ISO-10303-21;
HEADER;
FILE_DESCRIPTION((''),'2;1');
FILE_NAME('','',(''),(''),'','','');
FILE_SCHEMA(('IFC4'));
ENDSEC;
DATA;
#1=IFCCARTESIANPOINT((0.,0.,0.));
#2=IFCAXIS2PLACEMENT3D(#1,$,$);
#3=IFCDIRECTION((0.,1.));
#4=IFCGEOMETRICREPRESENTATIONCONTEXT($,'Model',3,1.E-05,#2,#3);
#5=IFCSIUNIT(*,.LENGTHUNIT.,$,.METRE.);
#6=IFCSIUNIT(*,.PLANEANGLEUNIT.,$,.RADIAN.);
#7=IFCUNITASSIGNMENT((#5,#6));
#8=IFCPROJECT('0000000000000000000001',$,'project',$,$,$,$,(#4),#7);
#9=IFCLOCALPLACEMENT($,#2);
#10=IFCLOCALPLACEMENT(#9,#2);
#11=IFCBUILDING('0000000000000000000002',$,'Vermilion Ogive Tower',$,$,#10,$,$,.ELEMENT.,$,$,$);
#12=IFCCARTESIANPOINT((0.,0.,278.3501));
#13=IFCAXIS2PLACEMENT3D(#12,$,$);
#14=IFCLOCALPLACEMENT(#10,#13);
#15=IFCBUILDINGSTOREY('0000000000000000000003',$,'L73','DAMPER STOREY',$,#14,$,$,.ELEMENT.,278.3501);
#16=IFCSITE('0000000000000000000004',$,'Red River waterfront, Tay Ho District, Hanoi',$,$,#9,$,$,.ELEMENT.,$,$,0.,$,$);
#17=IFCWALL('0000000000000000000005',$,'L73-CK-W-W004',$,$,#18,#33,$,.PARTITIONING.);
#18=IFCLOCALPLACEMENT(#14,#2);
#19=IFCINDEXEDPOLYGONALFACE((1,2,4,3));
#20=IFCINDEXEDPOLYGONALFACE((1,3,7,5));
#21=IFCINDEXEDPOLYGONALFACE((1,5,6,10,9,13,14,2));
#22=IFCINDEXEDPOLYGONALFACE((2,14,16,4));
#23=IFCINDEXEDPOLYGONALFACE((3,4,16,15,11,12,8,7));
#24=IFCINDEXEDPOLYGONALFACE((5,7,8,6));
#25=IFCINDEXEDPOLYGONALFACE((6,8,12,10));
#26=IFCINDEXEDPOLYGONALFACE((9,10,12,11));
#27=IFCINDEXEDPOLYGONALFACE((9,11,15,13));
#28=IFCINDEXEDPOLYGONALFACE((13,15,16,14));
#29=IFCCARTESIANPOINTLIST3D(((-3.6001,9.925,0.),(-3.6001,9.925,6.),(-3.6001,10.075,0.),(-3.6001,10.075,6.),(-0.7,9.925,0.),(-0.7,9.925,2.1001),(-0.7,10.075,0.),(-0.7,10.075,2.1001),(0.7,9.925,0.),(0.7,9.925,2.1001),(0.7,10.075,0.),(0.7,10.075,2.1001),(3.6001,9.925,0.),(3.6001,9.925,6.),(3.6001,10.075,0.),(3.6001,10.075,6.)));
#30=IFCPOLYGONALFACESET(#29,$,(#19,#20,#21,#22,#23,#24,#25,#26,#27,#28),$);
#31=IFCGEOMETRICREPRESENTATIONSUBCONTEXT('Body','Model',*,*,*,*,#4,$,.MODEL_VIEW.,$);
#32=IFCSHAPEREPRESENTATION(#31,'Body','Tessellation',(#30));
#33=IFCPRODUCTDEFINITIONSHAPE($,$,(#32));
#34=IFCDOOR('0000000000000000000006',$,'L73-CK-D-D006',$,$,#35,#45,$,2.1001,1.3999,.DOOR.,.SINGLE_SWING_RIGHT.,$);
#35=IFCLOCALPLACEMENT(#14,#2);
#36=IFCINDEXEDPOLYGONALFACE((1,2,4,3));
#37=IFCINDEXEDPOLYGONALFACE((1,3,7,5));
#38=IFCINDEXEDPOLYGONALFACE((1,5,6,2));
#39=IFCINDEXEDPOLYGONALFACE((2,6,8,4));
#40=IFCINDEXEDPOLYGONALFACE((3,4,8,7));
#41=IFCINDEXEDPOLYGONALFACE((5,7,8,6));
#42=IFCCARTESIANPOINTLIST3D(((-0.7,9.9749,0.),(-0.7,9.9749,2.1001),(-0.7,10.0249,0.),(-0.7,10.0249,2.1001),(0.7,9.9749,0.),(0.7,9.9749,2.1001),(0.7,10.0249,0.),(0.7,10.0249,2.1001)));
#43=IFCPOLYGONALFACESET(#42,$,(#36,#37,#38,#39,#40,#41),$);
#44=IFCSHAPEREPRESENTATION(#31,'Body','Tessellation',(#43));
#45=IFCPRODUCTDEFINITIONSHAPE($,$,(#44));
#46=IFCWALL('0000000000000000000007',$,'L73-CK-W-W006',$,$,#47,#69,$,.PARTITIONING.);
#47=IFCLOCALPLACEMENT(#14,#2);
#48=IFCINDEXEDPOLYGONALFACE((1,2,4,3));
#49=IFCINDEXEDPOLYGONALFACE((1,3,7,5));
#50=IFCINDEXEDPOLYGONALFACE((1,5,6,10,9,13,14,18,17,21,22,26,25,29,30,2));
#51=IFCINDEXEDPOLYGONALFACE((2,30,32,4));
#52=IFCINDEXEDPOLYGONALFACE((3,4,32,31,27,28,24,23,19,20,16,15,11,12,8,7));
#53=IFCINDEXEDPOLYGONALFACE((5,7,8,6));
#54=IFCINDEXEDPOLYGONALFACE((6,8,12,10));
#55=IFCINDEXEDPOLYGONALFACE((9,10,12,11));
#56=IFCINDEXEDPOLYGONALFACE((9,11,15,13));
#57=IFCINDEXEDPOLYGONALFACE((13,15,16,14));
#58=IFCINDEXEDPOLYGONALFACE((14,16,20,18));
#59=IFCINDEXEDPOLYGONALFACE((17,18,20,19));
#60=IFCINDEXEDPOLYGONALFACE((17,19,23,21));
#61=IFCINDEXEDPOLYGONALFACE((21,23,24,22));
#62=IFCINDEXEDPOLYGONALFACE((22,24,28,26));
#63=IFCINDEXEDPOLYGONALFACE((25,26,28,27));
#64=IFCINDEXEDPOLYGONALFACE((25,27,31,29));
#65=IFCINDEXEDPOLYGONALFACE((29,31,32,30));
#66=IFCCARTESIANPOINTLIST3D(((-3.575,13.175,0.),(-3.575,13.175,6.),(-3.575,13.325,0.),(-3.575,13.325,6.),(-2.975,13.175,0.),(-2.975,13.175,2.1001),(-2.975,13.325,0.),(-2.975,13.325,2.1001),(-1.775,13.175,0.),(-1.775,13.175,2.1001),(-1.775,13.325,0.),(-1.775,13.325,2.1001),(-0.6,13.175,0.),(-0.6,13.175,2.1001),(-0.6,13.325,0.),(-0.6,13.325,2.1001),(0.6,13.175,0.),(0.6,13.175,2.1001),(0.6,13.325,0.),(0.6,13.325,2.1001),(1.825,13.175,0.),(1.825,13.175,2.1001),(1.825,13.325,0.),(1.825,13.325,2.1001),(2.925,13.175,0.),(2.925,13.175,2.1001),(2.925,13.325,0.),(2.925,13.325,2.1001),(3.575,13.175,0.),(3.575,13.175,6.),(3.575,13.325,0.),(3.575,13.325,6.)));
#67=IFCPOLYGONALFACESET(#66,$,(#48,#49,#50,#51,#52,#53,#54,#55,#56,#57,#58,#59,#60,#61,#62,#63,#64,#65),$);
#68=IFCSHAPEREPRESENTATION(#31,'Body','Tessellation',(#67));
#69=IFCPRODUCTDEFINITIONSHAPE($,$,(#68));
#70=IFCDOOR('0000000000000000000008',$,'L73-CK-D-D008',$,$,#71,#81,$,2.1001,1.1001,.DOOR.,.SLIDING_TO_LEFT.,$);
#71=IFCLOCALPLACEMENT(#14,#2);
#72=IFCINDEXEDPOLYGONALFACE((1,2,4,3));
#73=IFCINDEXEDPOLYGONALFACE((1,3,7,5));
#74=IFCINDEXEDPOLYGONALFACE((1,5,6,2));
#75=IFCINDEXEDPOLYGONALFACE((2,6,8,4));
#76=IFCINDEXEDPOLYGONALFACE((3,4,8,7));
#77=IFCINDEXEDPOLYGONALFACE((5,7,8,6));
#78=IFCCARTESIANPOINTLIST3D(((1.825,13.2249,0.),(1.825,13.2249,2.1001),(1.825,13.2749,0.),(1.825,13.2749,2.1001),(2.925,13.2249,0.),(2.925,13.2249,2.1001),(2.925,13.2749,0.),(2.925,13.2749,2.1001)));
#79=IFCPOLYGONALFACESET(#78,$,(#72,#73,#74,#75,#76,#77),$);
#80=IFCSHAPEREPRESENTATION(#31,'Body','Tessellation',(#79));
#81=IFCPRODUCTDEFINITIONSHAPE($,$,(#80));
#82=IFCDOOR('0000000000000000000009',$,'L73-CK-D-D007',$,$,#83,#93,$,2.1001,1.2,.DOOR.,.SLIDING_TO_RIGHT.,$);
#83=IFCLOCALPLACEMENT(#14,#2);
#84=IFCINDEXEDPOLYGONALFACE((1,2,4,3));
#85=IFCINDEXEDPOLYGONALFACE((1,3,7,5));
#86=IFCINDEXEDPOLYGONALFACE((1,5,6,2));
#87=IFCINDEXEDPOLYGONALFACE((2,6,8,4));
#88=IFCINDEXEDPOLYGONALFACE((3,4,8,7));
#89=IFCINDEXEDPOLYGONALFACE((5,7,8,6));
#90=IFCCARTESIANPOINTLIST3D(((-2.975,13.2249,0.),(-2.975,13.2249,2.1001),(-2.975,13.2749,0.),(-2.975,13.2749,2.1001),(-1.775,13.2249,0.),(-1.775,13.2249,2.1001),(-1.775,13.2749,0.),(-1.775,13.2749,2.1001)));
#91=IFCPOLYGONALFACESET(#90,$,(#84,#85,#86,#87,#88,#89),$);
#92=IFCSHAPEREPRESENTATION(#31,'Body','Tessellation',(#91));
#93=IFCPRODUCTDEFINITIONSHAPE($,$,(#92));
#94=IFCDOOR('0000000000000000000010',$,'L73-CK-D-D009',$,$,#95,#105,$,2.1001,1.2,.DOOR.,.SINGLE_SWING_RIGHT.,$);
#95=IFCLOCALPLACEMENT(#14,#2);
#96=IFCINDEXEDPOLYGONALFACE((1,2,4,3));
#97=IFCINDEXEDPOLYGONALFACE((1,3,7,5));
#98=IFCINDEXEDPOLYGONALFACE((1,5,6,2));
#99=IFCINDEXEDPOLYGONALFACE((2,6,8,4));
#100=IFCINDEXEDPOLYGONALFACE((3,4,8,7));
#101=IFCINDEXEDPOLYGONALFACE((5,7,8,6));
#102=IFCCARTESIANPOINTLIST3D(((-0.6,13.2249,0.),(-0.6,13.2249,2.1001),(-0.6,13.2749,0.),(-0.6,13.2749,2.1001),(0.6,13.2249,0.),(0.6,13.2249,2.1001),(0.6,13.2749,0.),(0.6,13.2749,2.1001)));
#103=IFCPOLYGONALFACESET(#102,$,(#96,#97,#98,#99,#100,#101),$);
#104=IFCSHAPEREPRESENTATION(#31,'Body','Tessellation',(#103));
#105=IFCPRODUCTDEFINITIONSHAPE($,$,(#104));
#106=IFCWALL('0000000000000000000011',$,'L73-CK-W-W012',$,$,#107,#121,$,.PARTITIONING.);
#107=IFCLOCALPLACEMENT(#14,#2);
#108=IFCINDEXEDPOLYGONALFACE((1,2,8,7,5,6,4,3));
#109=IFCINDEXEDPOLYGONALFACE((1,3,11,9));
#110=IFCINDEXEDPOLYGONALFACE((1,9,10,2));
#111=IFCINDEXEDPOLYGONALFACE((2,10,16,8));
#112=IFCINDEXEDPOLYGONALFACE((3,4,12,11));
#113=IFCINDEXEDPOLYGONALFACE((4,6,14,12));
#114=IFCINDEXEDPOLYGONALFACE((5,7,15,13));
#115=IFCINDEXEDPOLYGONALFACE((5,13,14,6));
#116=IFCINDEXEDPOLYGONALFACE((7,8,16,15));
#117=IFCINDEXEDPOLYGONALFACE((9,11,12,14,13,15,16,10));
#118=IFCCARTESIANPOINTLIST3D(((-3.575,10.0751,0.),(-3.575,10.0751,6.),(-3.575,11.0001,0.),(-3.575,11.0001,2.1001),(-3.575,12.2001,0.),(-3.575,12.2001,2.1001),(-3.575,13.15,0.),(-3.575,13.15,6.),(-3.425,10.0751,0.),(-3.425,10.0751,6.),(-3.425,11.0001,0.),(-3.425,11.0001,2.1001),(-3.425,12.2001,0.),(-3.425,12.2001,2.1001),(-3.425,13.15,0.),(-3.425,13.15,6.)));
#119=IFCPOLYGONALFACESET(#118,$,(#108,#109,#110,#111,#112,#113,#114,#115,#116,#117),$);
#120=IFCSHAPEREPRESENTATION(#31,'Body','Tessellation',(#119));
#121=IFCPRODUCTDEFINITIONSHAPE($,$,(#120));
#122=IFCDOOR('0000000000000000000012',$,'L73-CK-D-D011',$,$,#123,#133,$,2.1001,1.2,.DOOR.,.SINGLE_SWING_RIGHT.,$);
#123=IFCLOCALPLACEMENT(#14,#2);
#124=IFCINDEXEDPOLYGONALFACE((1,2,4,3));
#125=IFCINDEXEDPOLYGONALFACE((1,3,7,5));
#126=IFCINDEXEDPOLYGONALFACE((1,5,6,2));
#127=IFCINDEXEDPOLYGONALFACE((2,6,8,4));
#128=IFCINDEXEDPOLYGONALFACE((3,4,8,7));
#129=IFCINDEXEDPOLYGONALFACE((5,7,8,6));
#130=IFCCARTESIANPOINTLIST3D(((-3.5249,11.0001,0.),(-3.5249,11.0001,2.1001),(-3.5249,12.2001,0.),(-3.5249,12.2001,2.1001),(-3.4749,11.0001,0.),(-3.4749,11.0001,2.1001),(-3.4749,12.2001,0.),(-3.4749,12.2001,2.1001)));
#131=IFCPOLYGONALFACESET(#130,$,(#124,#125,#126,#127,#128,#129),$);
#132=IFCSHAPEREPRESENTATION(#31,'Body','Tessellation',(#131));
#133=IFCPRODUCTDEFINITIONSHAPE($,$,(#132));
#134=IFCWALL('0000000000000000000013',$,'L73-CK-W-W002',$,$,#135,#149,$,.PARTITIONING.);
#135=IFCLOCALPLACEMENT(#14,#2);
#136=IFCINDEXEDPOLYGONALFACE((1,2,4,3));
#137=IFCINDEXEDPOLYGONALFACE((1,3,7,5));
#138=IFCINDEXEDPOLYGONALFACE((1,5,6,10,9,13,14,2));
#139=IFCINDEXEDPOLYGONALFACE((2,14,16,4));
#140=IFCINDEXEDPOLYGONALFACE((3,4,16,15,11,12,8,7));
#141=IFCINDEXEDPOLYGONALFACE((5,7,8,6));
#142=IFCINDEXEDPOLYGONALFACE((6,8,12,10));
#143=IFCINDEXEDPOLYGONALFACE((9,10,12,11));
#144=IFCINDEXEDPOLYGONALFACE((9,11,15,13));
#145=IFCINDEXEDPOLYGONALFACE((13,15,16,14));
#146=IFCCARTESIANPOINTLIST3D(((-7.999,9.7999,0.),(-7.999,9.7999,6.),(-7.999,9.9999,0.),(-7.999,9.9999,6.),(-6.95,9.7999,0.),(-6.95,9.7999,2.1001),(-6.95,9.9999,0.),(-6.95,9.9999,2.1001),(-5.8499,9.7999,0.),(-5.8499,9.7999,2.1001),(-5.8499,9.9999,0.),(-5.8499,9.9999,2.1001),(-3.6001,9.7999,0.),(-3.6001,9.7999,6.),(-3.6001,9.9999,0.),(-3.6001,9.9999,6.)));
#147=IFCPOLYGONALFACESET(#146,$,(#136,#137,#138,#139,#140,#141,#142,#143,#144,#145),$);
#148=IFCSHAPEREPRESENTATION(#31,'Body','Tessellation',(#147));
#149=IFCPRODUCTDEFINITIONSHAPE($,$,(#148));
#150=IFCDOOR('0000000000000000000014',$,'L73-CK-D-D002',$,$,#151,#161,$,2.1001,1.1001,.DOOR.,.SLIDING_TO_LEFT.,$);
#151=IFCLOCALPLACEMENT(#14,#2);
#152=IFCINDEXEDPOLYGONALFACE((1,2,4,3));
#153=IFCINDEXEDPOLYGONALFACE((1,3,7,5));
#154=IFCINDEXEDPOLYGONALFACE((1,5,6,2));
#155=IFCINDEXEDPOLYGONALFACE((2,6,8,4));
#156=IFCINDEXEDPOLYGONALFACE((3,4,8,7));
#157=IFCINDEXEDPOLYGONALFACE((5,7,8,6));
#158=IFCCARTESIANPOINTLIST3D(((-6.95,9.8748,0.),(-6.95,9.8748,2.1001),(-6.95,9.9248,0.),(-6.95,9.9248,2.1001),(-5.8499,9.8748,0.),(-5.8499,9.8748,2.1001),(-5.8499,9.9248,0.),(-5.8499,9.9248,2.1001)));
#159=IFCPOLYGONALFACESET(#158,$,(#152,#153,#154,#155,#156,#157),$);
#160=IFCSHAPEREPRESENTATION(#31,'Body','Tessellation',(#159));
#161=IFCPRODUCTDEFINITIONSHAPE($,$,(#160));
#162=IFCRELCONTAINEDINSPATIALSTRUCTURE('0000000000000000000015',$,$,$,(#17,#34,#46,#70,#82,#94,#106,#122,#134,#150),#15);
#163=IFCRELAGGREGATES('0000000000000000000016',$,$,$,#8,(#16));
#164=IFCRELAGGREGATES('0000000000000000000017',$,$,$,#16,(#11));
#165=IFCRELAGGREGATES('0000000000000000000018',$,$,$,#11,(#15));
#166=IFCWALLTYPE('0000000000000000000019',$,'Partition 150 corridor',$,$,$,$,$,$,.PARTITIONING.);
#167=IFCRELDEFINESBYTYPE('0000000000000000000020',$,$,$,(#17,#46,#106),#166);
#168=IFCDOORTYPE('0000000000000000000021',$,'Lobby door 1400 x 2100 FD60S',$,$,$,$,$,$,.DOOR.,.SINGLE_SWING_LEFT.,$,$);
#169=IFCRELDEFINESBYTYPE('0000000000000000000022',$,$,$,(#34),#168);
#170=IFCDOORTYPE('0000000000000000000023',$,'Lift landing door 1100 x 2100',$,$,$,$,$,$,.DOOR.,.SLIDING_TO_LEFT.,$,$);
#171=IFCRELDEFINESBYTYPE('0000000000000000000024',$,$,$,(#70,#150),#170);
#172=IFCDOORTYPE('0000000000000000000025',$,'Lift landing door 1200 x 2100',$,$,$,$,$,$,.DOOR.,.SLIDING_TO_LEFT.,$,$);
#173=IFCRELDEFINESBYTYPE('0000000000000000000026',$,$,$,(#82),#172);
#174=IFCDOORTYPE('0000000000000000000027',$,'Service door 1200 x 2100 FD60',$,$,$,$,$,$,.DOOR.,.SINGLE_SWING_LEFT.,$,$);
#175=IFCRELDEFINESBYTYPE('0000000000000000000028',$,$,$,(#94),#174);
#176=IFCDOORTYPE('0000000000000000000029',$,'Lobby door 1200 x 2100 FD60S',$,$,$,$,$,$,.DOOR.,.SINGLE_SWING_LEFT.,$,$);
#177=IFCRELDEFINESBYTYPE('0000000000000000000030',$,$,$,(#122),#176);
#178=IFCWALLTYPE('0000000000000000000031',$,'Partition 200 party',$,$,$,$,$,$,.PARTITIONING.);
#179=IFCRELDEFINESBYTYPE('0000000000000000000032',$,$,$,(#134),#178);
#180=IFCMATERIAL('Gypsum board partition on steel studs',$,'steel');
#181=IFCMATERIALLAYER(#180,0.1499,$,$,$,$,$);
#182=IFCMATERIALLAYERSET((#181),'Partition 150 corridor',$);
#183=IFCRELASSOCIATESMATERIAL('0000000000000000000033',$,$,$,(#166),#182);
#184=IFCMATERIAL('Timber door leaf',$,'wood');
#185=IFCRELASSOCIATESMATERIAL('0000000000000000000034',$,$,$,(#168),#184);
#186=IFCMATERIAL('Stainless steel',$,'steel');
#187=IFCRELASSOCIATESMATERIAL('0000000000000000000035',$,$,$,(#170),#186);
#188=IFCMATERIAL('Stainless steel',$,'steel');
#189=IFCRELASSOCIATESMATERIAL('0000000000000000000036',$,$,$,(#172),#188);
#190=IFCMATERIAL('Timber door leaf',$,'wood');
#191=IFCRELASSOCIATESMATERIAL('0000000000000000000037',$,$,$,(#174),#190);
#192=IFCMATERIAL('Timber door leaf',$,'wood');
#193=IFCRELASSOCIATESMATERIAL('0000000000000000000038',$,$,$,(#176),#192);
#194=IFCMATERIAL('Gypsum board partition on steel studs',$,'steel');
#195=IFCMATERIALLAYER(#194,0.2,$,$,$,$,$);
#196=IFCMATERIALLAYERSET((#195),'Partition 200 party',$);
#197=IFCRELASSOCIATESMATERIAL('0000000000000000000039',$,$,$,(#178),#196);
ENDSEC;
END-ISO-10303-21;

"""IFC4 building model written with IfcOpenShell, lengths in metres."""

from ifc_helpers import new_model, si_unit, direction, frame, frame_2d, origin, place, context, subcontext, project, spatial, rectangle, extrude, material, layer, layer_set, type_object, element, fill, save


model = new_model("IFC4")

# Units and contexts
model_context = context("Model", 3, precision=1e-05, world=origin(), true_north=direction((0.0, 1.0)))
body_context = subcontext(model_context, "Body", "Model", "MODEL_VIEW")
ifc_project = project(units=[si_unit("LENGTHUNIT", "METRE"), si_unit("PLANEANGLEUNIT", "RADIAN")], contexts=[model_context])

# Site, building, storey
site_placement = place(None, origin())
site = spatial("IfcSite", under=ifc_project, at=site_placement, Name="Red River waterfront, Tay Ho District, Hanoi", CompositionType="ELEMENT", RefElevation=0.0)
building_placement = place(site_placement, origin())
building = spatial("IfcBuilding", under=site, at=building_placement, Name="Vermilion Ogive Tower", CompositionType="ELEMENT")
storey_placement = place(building_placement, frame((0.0, 0.0, 278.3501)))
storey = spatial("IfcBuildingStorey", under=building, at=storey_placement, Name="L73", Description="DAMPER STOREY", CompositionType="ELEMENT", Elevation=278.3501)

# Wall, opening, door
ifc_material_1 = material(Name="Gypsum board partition on steel studs", Category="steel")
ifc_layer_1 = layer(ifc_material_1, 0.1499)
ifc_layer_set_1 = layer_set([ifc_layer_1], Name="Partition 150 corridor")
wall_type_1 = type_object("IfcWallType", Name="Partition 150 corridor", PredefinedType="PARTITIONING", material=ifc_layer_set_1)
ifc_material_2 = material(Name="Timber door leaf", Category="wood")
door_type_1 = type_object("IfcDoorType", Name="Lobby door 1400 x 2100 FD60S", OperationType="SINGLE_SWING_LEFT", PredefinedType="DOOR", material=ifc_material_2)
wall_1_placement = place(storey_placement, frame((-3.6001, 10.0, 0.0), z_axis=(0.0, 0.0, 1.0), x_axis=(1.0, 0.0, 0.0)))
wall_1 = element("IfcWall", 1, at=wall_1_placement, inside=storey, type_object=wall_type_1, Name="L73-CK-W-W004", PredefinedType="PARTITIONING", context=body_context, shape_type="SweptSolid", body=[
    extrude(rectangle(XDim=7.2002, YDim=0.1499, at=frame_2d((3.6001, 0.0))), origin(), (0.0, 0.0, 1.0), 6.0),
])
opening_1_placement = place(wall_1_placement, frame((2.9001, 0.0, 0.0)))
opening_1 = element("IfcOpeningElement", 2, at=opening_1_placement, cuts=wall_1, PredefinedType="OPENING", context=body_context, shape_type="SweptSolid", body=[
    extrude(rectangle(XDim=1.3999, YDim=2.1001, at=frame_2d((0.7, 1.05))), frame((0.0, 0.085, 0.0), z_axis=(0.0, -1.0, 0.0), x_axis=(1.0, 0.0, 0.0)), (0.0, 0.0, 1.0), 0.1699),
])
door_1_placement = place(opening_1_placement, origin())
door_1 = element("IfcDoor", 3, at=door_1_placement, inside=storey, type_object=door_type_1, Name="L73-CK-D-D006", OperationType="SINGLE_SWING_RIGHT", OverallHeight=2.1001, OverallWidth=1.3999, PredefinedType="DOOR", context=body_context, shape_type="SweptSolid", body=[
    extrude(rectangle(XDim=1.3999, YDim=2.1001, at=frame_2d((0.7, 1.05))), frame((0.0, 0.0249, 0.0), z_axis=(0.0, -1.0, 0.0), x_axis=(1.0, 0.0, 0.0)), (0.0, 0.0, 1.0), 0.05),
])
fill(opening_1, door_1)

# Wall, openings, doors
wall_2_placement = place(storey_placement, frame((-3.575, 13.25, 0.0), z_axis=(0.0, 0.0, 1.0), x_axis=(1.0, 0.0, 0.0)))
wall_2 = element("IfcWall", 4, at=wall_2_placement, inside=storey, type_object=wall_type_1, Name="L73-CK-W-W006", PredefinedType="PARTITIONING", context=body_context, shape_type="SweptSolid", body=[
    extrude(rectangle(XDim=7.1499, YDim=0.1499, at=frame_2d((3.575, 0.0))), origin(), (0.0, 0.0, 1.0), 6.0),
])
opening_2_placement = place(wall_2_placement, frame((0.5999, 0.0, 0.0)))
opening_2 = element("IfcOpeningElement", 5, at=opening_2_placement, cuts=wall_2, PredefinedType="OPENING", context=body_context, shape_type="SweptSolid", body=[
    extrude(rectangle(XDim=1.2, YDim=2.1001, at=frame_2d((0.6001, 1.05))), frame((0.0, 0.085, 0.0), z_axis=(0.0, -1.0, 0.0), x_axis=(1.0, 0.0, 0.0)), (0.0, 0.0, 1.0), 0.1699),
])
opening_3_placement = place(wall_2_placement, frame((5.3999, 0.0, 0.0)))
opening_3 = element("IfcOpeningElement", 6, at=opening_3_placement, cuts=wall_2, PredefinedType="OPENING", context=body_context, shape_type="SweptSolid", body=[
    extrude(rectangle(XDim=1.1001, YDim=2.1001, at=frame_2d((0.55, 1.05))), frame((0.0, 0.085, 0.0), z_axis=(0.0, -1.0, 0.0), x_axis=(1.0, 0.0, 0.0)), (0.0, 0.0, 1.0), 0.1699),
])
opening_4_placement = place(wall_2_placement, frame((2.9749, 0.0, 0.0)))
opening_4 = element("IfcOpeningElement", 7, at=opening_4_placement, cuts=wall_2, PredefinedType="OPENING", context=body_context, shape_type="SweptSolid", body=[
    extrude(rectangle(XDim=1.2, YDim=2.1001, at=frame_2d((0.6001, 1.05))), frame((0.0, 0.085, 0.0), z_axis=(0.0, -1.0, 0.0), x_axis=(1.0, 0.0, 0.0)), (0.0, 0.0, 1.0), 0.1699),
])
ifc_material_3 = material(Name="Stainless steel", Category="steel")
door_type_2 = type_object("IfcDoorType", Name="Lift landing door 1100 x 2100", OperationType="SLIDING_TO_LEFT", PredefinedType="DOOR", material=ifc_material_3)
door_2_placement = place(opening_3_placement, origin())
door_2 = element("IfcDoor", 8, at=door_2_placement, inside=storey, type_object=door_type_2, Name="L73-CK-D-D008", OperationType="SLIDING_TO_LEFT", OverallHeight=2.1001, OverallWidth=1.1001, PredefinedType="DOOR", context=body_context, shape_type="SweptSolid", body=[
    extrude(rectangle(XDim=1.1001, YDim=2.1001, at=frame_2d((0.55, 1.05))), frame((0.0, 0.0249, 0.0), z_axis=(0.0, -1.0, 0.0), x_axis=(1.0, 0.0, 0.0)), (0.0, 0.0, 1.0), 0.05),
])
fill(opening_3, door_2)
ifc_material_4 = material(Name="Stainless steel", Category="steel")
door_type_3 = type_object("IfcDoorType", Name="Lift landing door 1200 x 2100", OperationType="SLIDING_TO_LEFT", PredefinedType="DOOR", material=ifc_material_4)
door_3_placement = place(opening_2_placement, origin())
door_3 = element("IfcDoor", 9, at=door_3_placement, inside=storey, type_object=door_type_3, Name="L73-CK-D-D007", OperationType="SLIDING_TO_RIGHT", OverallHeight=2.1001, OverallWidth=1.2, PredefinedType="DOOR", context=body_context, shape_type="SweptSolid", body=[
    extrude(rectangle(XDim=1.2, YDim=2.1001, at=frame_2d((0.6001, 1.05))), frame((0.0, 0.0249, 0.0), z_axis=(0.0, -1.0, 0.0), x_axis=(1.0, 0.0, 0.0)), (0.0, 0.0, 1.0), 0.05),
])
fill(opening_2, door_3)
ifc_material_5 = material(Name="Timber door leaf", Category="wood")
door_type_4 = type_object("IfcDoorType", Name="Service door 1200 x 2100 FD60", OperationType="SINGLE_SWING_LEFT", PredefinedType="DOOR", material=ifc_material_5)
door_4_placement = place(opening_4_placement, origin())
door_4 = element("IfcDoor", 10, at=door_4_placement, inside=storey, type_object=door_type_4, Name="L73-CK-D-D009", OperationType="SINGLE_SWING_RIGHT", OverallHeight=2.1001, OverallWidth=1.2, PredefinedType="DOOR", context=body_context, shape_type="SweptSolid", body=[
    extrude(rectangle(XDim=1.2, YDim=2.1001, at=frame_2d((0.6001, 1.05))), frame((0.0, 0.0249, 0.0), z_axis=(0.0, -1.0, 0.0), x_axis=(1.0, 0.0, 0.0)), (0.0, 0.0, 1.0), 0.05),
])
fill(opening_4, door_4)

# Walls, openings, doors
wall_3_placement = place(storey_placement, frame((-3.5, 10.075, 0.0), z_axis=(0.0, 0.0, 1.0), x_axis=(0.0, 1.0, 0.0)))
wall_3 = element("IfcWall", 11, at=wall_3_placement, inside=storey, type_object=wall_type_1, Name="L73-CK-W-W012", PredefinedType="PARTITIONING", context=body_context, shape_type="SweptSolid", body=[
    extrude(rectangle(XDim=3.075, YDim=0.1499, at=frame_2d((1.5376, 0.0))), origin(), (0.0, 0.0, 1.0), 6.0),
])
opening_5_placement = place(wall_3_placement, frame((0.925, 0.0, 0.0)))
opening_5 = element("IfcOpeningElement", 12, at=opening_5_placement, cuts=wall_3, PredefinedType="OPENING", context=body_context, shape_type="SweptSolid", body=[
    extrude(rectangle(XDim=1.2, YDim=2.1001, at=frame_2d((0.6001, 1.05))), frame((0.0, 0.085, 0.0), z_axis=(0.0, -1.0, 0.0), x_axis=(1.0, 0.0, 0.0)), (0.0, 0.0, 1.0), 0.1699),
])
ifc_material_6 = material(Name="Timber door leaf", Category="wood")
door_type_5 = type_object("IfcDoorType", Name="Lobby door 1200 x 2100 FD60S", OperationType="SINGLE_SWING_LEFT", PredefinedType="DOOR", material=ifc_material_6)
door_5_placement = place(opening_5_placement, origin())
door_5 = element("IfcDoor", 13, at=door_5_placement, inside=storey, type_object=door_type_5, Name="L73-CK-D-D011", OperationType="SINGLE_SWING_RIGHT", OverallHeight=2.1001, OverallWidth=1.2, PredefinedType="DOOR", context=body_context, shape_type="SweptSolid", body=[
    extrude(rectangle(XDim=1.2, YDim=2.1001, at=frame_2d((0.6001, 1.05))), frame((0.0, 0.0249, 0.0), z_axis=(0.0, -1.0, 0.0), x_axis=(1.0, 0.0, 0.0)), (0.0, 0.0, 1.0), 0.05),
])
fill(opening_5, door_5)
ifc_material_7 = material(Name="Gypsum board partition on steel studs", Category="steel")
ifc_layer_2 = layer(ifc_material_7, 0.2)
ifc_layer_set_2 = layer_set([ifc_layer_2], Name="Partition 200 party")
wall_type_2 = type_object("IfcWallType", Name="Partition 200 party", PredefinedType="PARTITIONING", material=ifc_layer_set_2)
wall_4_placement = place(storey_placement, frame((-7.999, 9.8999, 0.0), z_axis=(0.0, 0.0, 1.0), x_axis=(1.0, 0.0, 0.0)))
wall_4 = element("IfcWall", 14, at=wall_4_placement, inside=storey, type_object=wall_type_2, Name="L73-CK-W-W002", PredefinedType="PARTITIONING", context=body_context, shape_type="SweptSolid", body=[
    extrude(rectangle(XDim=4.3989, YDim=0.2, at=frame_2d((2.1995, 0.0))), origin(), (0.0, 0.0, 1.0), 6.0),
])
opening_6_placement = place(wall_4_placement, frame((1.0491, 0.0, 0.0)))
opening_6 = element("IfcOpeningElement", 15, at=opening_6_placement, cuts=wall_4, PredefinedType="OPENING", context=body_context, shape_type="SweptSolid", body=[
    extrude(rectangle(XDim=1.1001, YDim=2.1001, at=frame_2d((0.55, 1.05))), frame((0.0, 0.1099, 0.0), z_axis=(0.0, -1.0, 0.0), x_axis=(1.0, 0.0, 0.0)), (0.0, 0.0, 1.0), 0.22),
])
door_6_placement = place(opening_6_placement, origin())
door_6 = element("IfcDoor", 16, at=door_6_placement, inside=storey, type_object=door_type_2, Name="L73-CK-D-D002", OperationType="SLIDING_TO_LEFT", OverallHeight=2.1001, OverallWidth=1.1001, PredefinedType="DOOR", context=body_context, shape_type="SweptSolid", body=[
    extrude(rectangle(XDim=1.1001, YDim=2.1001, at=frame_2d((0.55, 1.05))), frame((0.0, 0.0249, 0.0), z_axis=(0.0, -1.0, 0.0), x_axis=(1.0, 0.0, 0.0)), (0.0, 0.0, 1.0), 0.05),
])
fill(opening_6, door_6)

save(model, "model.ifc")
